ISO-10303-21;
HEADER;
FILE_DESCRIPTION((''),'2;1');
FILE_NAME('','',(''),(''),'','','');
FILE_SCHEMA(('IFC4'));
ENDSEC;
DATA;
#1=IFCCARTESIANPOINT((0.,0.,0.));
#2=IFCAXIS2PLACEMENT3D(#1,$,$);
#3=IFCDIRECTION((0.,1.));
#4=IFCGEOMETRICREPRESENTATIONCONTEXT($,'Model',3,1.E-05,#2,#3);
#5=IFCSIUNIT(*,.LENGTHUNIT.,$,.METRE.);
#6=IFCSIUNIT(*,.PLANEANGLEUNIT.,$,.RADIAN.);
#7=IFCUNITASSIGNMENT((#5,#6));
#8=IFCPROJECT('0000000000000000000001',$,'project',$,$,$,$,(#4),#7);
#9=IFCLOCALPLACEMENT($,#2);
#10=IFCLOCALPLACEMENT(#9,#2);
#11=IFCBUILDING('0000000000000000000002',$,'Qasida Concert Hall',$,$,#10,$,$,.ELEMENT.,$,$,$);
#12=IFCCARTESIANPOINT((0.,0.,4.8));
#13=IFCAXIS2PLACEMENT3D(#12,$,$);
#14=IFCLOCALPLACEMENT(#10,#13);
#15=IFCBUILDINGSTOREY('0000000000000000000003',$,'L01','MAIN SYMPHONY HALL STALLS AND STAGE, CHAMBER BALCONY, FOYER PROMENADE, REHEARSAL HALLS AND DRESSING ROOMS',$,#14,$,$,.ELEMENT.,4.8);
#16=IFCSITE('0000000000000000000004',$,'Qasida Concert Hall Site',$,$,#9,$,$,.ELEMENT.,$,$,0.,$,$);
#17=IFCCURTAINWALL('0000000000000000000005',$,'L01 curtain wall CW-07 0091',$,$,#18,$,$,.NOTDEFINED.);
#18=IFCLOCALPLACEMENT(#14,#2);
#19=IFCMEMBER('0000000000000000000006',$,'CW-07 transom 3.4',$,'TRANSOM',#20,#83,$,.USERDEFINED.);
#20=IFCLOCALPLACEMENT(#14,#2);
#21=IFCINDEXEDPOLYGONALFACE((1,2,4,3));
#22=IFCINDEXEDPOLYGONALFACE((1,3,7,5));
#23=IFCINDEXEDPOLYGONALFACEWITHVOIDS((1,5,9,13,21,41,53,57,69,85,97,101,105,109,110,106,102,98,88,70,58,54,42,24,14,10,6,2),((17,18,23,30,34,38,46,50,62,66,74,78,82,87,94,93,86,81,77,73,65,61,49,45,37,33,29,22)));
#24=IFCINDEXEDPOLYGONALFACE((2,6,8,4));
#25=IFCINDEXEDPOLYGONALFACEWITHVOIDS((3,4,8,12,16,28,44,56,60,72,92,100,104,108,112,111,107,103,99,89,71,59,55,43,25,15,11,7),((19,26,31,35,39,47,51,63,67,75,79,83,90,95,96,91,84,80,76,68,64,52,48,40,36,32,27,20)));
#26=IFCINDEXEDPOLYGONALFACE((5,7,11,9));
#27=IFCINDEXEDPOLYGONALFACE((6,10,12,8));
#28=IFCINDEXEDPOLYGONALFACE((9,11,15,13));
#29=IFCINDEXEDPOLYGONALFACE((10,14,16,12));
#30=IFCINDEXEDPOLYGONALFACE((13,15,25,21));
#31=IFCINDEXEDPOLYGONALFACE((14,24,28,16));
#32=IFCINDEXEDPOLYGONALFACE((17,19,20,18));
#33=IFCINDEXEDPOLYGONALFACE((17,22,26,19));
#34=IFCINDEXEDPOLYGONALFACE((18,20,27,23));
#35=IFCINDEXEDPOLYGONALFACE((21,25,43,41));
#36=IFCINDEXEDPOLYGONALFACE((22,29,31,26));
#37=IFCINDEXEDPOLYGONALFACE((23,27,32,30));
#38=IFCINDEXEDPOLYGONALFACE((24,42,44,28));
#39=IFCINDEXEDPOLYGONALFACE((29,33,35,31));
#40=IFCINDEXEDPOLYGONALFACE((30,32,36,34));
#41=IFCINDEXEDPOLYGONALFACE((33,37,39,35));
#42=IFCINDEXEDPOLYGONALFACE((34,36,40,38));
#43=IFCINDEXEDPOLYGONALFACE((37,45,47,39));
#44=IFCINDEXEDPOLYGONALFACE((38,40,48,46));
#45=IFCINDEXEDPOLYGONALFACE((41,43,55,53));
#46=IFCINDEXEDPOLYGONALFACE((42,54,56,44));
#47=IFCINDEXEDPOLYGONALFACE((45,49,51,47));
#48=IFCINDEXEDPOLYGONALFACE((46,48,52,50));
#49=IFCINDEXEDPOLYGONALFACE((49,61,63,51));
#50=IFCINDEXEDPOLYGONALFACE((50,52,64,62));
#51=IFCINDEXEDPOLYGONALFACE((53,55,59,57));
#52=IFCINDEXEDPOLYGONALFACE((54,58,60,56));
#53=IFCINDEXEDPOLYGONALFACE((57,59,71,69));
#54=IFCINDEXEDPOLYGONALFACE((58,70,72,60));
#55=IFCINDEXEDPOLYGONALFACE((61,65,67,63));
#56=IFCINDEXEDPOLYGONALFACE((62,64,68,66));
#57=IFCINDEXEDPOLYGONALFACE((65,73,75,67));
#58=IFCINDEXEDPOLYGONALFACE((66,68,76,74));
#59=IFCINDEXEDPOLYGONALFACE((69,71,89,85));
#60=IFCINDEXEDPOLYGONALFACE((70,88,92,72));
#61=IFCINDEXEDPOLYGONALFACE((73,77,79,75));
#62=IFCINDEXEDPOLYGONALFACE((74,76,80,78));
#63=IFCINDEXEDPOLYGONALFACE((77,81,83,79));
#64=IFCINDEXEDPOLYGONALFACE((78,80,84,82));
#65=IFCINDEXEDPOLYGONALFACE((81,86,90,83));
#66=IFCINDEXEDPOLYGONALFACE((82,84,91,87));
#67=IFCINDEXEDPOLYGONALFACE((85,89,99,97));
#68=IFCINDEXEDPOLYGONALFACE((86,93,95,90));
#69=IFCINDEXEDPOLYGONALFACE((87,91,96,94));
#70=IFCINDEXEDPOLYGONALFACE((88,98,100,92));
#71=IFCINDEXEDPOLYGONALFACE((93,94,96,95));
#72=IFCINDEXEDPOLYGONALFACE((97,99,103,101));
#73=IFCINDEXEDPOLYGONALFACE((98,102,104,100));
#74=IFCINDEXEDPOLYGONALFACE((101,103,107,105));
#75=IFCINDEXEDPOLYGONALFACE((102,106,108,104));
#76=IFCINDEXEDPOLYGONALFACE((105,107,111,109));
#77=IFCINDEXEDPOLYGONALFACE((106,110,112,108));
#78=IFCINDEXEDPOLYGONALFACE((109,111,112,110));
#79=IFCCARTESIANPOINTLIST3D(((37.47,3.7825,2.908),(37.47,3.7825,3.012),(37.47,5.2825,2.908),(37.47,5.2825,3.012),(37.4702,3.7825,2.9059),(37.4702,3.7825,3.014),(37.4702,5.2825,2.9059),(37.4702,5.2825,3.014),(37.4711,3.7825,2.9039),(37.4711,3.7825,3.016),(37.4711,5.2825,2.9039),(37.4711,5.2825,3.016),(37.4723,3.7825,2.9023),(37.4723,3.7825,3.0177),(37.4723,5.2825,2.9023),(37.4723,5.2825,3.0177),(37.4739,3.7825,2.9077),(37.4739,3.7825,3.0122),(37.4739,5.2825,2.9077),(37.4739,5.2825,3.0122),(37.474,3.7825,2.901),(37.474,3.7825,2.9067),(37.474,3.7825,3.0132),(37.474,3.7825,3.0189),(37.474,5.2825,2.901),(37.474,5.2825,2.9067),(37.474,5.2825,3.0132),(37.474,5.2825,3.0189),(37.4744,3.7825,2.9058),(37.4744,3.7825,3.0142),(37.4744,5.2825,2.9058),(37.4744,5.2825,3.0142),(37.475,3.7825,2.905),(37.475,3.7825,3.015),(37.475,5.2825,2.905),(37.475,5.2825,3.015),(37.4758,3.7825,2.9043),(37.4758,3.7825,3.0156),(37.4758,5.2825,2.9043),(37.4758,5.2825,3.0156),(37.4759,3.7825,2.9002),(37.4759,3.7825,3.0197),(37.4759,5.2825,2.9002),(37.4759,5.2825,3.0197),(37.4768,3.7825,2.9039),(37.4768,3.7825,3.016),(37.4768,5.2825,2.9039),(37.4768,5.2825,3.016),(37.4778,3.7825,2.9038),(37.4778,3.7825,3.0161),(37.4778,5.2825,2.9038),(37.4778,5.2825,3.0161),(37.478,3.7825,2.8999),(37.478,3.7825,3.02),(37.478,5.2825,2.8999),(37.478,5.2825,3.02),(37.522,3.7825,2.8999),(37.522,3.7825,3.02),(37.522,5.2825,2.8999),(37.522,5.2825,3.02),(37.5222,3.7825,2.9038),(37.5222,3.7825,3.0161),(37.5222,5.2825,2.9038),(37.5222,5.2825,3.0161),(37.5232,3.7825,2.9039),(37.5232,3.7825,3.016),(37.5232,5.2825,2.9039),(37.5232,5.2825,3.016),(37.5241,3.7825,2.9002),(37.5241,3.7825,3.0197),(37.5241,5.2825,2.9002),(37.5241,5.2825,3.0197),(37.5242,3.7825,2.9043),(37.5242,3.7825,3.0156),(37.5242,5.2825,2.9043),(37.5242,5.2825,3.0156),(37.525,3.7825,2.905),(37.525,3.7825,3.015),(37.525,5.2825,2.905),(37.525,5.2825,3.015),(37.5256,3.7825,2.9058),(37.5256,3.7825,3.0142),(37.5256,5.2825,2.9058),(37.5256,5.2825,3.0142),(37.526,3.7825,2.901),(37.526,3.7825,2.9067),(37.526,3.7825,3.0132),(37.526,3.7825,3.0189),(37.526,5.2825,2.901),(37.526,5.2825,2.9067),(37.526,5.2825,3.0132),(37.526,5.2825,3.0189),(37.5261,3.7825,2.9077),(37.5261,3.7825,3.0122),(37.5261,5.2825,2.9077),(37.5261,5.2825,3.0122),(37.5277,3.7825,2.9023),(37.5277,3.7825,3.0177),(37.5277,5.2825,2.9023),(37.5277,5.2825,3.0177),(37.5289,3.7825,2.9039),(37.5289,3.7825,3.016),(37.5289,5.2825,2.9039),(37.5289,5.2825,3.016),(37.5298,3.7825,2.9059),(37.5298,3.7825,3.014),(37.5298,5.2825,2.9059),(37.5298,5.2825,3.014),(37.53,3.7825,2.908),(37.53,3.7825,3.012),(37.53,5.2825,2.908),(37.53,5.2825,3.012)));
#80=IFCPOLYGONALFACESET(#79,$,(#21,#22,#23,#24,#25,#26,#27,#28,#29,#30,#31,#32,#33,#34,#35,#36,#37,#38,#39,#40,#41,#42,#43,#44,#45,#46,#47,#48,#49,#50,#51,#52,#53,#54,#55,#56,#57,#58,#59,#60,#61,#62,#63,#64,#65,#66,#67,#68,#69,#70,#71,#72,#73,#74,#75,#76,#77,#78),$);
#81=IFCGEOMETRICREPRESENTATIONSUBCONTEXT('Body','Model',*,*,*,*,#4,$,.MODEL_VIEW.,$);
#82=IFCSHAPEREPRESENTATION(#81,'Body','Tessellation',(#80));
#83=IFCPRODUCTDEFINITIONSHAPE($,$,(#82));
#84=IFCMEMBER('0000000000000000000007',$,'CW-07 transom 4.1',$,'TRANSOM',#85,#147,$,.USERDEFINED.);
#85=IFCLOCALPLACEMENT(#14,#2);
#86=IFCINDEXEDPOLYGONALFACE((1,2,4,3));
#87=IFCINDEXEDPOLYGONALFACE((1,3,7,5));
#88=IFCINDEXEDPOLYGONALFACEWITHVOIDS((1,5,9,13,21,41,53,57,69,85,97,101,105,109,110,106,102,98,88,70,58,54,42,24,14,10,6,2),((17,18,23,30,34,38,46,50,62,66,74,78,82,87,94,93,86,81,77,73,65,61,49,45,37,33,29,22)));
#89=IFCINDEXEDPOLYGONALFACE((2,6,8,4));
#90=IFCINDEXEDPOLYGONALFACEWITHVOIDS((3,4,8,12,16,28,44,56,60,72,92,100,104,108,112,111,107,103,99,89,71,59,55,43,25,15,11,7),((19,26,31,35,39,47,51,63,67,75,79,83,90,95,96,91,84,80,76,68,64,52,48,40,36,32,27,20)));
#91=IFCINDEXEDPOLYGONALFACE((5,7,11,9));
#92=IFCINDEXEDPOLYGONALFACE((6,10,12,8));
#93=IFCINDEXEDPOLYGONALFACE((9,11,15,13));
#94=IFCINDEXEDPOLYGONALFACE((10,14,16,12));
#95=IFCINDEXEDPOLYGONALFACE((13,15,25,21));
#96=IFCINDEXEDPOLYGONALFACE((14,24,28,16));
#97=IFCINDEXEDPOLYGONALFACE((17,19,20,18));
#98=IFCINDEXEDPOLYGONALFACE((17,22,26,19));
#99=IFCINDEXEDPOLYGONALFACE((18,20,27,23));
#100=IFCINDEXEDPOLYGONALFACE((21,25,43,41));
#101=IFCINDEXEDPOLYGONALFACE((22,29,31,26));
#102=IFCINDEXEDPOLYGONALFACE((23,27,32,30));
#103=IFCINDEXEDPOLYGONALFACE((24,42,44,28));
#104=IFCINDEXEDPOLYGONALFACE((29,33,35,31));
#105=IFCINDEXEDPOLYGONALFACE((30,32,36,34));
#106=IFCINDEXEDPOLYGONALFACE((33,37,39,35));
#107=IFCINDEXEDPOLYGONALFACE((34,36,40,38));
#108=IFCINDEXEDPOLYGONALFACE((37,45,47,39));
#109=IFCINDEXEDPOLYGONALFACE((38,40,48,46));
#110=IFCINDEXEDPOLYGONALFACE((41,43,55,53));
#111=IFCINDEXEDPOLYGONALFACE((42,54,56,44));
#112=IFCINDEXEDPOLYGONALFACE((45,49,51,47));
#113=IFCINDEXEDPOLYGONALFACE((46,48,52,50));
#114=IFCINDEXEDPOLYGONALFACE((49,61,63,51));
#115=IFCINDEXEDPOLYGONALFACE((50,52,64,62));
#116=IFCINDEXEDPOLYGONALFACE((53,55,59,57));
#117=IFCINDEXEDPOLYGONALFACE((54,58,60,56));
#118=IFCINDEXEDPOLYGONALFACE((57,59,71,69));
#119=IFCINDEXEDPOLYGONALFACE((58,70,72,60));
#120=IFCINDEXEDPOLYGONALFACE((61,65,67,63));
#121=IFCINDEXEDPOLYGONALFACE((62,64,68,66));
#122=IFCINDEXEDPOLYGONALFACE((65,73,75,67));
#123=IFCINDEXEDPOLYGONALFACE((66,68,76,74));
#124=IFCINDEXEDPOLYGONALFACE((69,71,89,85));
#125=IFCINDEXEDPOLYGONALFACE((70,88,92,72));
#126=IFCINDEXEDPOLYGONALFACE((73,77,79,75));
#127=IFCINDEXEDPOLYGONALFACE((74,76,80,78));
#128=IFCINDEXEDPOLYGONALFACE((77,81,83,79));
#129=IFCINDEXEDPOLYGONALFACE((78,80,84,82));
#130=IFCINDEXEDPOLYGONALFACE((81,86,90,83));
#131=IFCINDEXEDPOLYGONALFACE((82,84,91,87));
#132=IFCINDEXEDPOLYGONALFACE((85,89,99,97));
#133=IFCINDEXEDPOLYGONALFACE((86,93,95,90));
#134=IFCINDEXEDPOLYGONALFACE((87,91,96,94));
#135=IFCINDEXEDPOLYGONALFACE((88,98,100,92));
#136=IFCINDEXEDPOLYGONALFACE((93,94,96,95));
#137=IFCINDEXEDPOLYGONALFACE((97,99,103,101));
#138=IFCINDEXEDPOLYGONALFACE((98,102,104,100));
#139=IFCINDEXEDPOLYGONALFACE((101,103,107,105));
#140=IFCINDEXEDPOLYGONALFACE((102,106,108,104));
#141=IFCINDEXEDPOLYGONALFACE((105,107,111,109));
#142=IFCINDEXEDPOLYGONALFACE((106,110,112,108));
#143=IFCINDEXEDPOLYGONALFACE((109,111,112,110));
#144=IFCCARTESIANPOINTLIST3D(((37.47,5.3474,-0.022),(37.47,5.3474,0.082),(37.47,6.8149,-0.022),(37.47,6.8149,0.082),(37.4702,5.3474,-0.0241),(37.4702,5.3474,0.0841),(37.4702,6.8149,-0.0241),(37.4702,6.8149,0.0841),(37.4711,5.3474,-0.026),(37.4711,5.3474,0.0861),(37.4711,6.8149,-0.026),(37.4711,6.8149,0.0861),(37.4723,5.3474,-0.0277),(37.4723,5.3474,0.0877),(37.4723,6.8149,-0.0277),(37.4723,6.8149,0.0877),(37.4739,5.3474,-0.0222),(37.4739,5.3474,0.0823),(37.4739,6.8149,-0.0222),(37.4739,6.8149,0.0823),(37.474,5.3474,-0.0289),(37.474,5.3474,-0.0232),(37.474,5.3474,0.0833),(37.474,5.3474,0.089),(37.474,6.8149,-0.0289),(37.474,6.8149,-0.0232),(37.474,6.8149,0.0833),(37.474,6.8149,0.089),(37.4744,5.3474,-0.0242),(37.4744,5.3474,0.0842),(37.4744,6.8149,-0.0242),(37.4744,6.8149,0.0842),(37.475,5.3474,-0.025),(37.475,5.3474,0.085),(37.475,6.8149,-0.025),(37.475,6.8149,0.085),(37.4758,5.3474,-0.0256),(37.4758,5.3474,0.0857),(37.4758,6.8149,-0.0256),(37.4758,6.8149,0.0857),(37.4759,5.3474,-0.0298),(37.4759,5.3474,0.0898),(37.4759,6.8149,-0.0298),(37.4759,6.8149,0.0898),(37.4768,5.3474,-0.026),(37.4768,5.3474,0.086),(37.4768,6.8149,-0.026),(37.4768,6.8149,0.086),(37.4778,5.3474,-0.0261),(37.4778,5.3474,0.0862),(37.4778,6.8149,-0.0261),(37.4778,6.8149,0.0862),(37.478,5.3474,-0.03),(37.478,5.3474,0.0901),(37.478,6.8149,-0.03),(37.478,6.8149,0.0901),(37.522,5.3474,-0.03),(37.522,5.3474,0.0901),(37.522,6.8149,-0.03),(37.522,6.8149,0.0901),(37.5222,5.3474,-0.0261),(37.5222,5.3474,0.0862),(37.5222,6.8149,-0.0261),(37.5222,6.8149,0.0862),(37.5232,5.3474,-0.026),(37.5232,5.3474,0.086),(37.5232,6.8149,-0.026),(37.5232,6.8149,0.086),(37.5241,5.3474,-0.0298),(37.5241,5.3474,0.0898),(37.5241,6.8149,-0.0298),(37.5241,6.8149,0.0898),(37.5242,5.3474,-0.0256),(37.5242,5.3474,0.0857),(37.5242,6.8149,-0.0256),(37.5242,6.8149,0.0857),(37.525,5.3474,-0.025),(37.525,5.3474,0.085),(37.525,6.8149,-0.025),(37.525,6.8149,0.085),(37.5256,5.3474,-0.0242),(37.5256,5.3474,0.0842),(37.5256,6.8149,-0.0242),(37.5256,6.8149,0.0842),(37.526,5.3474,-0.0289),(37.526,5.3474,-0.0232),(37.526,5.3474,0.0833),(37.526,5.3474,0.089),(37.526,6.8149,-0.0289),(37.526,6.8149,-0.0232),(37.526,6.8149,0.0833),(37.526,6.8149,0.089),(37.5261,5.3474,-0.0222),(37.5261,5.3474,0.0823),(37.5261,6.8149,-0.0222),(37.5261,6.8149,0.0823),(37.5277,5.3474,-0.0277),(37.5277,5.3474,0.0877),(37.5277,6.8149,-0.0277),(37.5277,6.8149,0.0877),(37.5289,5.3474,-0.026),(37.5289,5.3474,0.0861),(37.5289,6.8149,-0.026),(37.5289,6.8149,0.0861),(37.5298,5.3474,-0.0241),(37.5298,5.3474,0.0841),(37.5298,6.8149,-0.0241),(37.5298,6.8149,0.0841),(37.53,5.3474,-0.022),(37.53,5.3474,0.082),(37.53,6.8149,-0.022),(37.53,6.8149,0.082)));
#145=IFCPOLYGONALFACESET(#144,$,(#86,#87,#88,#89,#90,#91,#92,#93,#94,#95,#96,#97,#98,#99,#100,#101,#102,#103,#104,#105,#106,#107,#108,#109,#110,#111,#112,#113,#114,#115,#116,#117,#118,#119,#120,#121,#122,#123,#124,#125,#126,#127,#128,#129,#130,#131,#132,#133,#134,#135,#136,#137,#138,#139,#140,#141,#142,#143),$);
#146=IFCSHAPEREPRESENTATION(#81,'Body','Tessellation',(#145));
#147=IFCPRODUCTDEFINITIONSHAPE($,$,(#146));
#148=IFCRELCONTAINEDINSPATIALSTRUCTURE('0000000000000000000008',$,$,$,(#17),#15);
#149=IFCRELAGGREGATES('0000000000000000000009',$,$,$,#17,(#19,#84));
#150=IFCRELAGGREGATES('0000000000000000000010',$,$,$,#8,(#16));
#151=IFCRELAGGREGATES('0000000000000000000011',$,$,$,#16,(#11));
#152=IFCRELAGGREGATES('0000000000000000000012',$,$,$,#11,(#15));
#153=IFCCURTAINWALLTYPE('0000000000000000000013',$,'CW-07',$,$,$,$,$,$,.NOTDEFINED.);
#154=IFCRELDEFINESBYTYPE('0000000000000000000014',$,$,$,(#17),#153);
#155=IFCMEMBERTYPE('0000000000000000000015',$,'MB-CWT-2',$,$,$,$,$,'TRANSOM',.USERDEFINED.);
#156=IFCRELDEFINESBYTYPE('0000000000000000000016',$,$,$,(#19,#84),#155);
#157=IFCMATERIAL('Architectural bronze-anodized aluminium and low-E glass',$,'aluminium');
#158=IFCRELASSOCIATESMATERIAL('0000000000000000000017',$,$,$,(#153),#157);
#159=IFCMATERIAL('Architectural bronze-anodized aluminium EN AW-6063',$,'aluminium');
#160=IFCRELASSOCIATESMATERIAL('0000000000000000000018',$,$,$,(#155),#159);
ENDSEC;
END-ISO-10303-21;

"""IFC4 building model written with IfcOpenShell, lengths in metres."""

from ifc_helpers import new_model, si_unit, direction, frame, origin, origin_2d, place, context, subcontext, project, spatial, hollow_rectangle, extrude, material, material_profile, profile_set, type_object, element, aggregate, save


model = new_model("IFC4")

# Units and contexts
model_context = context("Model", 3, precision=1e-05, world=origin(), true_north=direction((0.0, 1.0)))
body_context = subcontext(model_context, "Body", "Model", "MODEL_VIEW")
ifc_project = project(units=[si_unit("LENGTHUNIT", "METRE"), si_unit("PLANEANGLEUNIT", "RADIAN")], contexts=[model_context])

# Site, building, storey
site_placement = place(None, origin())
site = spatial("IfcSite", under=ifc_project, at=site_placement, Name="Qasida Concert Hall Site", CompositionType="ELEMENT", RefElevation=0.0)
building_placement = place(site_placement, origin())
building = spatial("IfcBuilding", under=site, at=building_placement, Name="Qasida Concert Hall", CompositionType="ELEMENT")
storey_placement = place(building_placement, frame((0.0, 0.0, 4.8)))
storey = spatial("IfcBuildingStorey", under=building, at=storey_placement, Name="L01", Description="MAIN SYMPHONY HALL STALLS AND STAGE, CHAMBER BALCONY, FOYER PROMENADE, REHEARSAL HALLS AND DRESSING ROOMS", CompositionType="ELEMENT", Elevation=4.8)

# Curtain wall, members
ifc_material_1 = material(Name="Architectural bronze-anodized aluminium and low-E glass", Category="aluminium")
curtain_wall_type = type_object("IfcCurtainWallType", Name="CW-07", PredefinedType="NOTDEFINED", material=ifc_material_1)
curtain_wall_placement = place(storey_placement, origin())
curtain_wall = element("IfcCurtainWall", 1, at=curtain_wall_placement, inside=storey, type_object=curtain_wall_type, Name="L01 curtain wall CW-07 0091", PredefinedType="NOTDEFINED")
ifc_material_2 = material(Name="Architectural bronze-anodized aluminium EN AW-6063", Category="aluminium")
ifc_material_profile_1 = material_profile(ifc_material_2, hollow_rectangle(XDim=0.0601, YDim=0.1201, WallThickness=0.0039, InnerFilletRadius=0.0039, OuterFilletRadius=0.0081, at=origin_2d()), Name="CWT 120x60x4")
ifc_profile_set_1 = profile_set([ifc_material_profile_1], Name="Architectural bronze-anodized aluminium EN AW-6063")
member_type_1 = type_object("IfcMemberType", Name="MB-CWT-2", ElementType="TRANSOM", PredefinedType="USERDEFINED", material=ifc_profile_set_1)
member_1_placement = place(storey_placement, frame((37.5, 3.7825, 2.96), z_axis=(0.0, 1.0, 0.0), x_axis=(-1.0, 0.0, 0.0)))
member_1 = element("IfcMember", 2, at=member_1_placement, type_object=member_type_1, Name="CW-07 transom 3.4", ObjectType="TRANSOM", PredefinedType="USERDEFINED", context=body_context, shape_type="SweptSolid", body=[
    extrude(hollow_rectangle(XDim=0.0601, YDim=0.1201, WallThickness=0.0039, InnerFilletRadius=0.0039, OuterFilletRadius=0.0081, at=origin_2d()), origin(), (0.0, 0.0, 1.0), 1.5),
])
member_2_placement = place(storey_placement, frame((37.5, 5.3474, 0.03), z_axis=(0.0, 1.0, 0.0), x_axis=(-1.0, 0.0, 0.0)))
member_2 = element("IfcMember", 3, at=member_2_placement, type_object=member_type_1, Name="CW-07 transom 4.1", ObjectType="TRANSOM", PredefinedType="USERDEFINED", context=body_context, shape_type="SweptSolid", body=[
    extrude(hollow_rectangle(XDim=0.0601, YDim=0.1201, WallThickness=0.0039, InnerFilletRadius=0.0039, OuterFilletRadius=0.0081, at=origin_2d()), origin(), (0.0, 0.0, 1.0), 1.4675),
])
aggregate(curtain_wall, [member_1, member_2])

save(model, "model.ifc")
